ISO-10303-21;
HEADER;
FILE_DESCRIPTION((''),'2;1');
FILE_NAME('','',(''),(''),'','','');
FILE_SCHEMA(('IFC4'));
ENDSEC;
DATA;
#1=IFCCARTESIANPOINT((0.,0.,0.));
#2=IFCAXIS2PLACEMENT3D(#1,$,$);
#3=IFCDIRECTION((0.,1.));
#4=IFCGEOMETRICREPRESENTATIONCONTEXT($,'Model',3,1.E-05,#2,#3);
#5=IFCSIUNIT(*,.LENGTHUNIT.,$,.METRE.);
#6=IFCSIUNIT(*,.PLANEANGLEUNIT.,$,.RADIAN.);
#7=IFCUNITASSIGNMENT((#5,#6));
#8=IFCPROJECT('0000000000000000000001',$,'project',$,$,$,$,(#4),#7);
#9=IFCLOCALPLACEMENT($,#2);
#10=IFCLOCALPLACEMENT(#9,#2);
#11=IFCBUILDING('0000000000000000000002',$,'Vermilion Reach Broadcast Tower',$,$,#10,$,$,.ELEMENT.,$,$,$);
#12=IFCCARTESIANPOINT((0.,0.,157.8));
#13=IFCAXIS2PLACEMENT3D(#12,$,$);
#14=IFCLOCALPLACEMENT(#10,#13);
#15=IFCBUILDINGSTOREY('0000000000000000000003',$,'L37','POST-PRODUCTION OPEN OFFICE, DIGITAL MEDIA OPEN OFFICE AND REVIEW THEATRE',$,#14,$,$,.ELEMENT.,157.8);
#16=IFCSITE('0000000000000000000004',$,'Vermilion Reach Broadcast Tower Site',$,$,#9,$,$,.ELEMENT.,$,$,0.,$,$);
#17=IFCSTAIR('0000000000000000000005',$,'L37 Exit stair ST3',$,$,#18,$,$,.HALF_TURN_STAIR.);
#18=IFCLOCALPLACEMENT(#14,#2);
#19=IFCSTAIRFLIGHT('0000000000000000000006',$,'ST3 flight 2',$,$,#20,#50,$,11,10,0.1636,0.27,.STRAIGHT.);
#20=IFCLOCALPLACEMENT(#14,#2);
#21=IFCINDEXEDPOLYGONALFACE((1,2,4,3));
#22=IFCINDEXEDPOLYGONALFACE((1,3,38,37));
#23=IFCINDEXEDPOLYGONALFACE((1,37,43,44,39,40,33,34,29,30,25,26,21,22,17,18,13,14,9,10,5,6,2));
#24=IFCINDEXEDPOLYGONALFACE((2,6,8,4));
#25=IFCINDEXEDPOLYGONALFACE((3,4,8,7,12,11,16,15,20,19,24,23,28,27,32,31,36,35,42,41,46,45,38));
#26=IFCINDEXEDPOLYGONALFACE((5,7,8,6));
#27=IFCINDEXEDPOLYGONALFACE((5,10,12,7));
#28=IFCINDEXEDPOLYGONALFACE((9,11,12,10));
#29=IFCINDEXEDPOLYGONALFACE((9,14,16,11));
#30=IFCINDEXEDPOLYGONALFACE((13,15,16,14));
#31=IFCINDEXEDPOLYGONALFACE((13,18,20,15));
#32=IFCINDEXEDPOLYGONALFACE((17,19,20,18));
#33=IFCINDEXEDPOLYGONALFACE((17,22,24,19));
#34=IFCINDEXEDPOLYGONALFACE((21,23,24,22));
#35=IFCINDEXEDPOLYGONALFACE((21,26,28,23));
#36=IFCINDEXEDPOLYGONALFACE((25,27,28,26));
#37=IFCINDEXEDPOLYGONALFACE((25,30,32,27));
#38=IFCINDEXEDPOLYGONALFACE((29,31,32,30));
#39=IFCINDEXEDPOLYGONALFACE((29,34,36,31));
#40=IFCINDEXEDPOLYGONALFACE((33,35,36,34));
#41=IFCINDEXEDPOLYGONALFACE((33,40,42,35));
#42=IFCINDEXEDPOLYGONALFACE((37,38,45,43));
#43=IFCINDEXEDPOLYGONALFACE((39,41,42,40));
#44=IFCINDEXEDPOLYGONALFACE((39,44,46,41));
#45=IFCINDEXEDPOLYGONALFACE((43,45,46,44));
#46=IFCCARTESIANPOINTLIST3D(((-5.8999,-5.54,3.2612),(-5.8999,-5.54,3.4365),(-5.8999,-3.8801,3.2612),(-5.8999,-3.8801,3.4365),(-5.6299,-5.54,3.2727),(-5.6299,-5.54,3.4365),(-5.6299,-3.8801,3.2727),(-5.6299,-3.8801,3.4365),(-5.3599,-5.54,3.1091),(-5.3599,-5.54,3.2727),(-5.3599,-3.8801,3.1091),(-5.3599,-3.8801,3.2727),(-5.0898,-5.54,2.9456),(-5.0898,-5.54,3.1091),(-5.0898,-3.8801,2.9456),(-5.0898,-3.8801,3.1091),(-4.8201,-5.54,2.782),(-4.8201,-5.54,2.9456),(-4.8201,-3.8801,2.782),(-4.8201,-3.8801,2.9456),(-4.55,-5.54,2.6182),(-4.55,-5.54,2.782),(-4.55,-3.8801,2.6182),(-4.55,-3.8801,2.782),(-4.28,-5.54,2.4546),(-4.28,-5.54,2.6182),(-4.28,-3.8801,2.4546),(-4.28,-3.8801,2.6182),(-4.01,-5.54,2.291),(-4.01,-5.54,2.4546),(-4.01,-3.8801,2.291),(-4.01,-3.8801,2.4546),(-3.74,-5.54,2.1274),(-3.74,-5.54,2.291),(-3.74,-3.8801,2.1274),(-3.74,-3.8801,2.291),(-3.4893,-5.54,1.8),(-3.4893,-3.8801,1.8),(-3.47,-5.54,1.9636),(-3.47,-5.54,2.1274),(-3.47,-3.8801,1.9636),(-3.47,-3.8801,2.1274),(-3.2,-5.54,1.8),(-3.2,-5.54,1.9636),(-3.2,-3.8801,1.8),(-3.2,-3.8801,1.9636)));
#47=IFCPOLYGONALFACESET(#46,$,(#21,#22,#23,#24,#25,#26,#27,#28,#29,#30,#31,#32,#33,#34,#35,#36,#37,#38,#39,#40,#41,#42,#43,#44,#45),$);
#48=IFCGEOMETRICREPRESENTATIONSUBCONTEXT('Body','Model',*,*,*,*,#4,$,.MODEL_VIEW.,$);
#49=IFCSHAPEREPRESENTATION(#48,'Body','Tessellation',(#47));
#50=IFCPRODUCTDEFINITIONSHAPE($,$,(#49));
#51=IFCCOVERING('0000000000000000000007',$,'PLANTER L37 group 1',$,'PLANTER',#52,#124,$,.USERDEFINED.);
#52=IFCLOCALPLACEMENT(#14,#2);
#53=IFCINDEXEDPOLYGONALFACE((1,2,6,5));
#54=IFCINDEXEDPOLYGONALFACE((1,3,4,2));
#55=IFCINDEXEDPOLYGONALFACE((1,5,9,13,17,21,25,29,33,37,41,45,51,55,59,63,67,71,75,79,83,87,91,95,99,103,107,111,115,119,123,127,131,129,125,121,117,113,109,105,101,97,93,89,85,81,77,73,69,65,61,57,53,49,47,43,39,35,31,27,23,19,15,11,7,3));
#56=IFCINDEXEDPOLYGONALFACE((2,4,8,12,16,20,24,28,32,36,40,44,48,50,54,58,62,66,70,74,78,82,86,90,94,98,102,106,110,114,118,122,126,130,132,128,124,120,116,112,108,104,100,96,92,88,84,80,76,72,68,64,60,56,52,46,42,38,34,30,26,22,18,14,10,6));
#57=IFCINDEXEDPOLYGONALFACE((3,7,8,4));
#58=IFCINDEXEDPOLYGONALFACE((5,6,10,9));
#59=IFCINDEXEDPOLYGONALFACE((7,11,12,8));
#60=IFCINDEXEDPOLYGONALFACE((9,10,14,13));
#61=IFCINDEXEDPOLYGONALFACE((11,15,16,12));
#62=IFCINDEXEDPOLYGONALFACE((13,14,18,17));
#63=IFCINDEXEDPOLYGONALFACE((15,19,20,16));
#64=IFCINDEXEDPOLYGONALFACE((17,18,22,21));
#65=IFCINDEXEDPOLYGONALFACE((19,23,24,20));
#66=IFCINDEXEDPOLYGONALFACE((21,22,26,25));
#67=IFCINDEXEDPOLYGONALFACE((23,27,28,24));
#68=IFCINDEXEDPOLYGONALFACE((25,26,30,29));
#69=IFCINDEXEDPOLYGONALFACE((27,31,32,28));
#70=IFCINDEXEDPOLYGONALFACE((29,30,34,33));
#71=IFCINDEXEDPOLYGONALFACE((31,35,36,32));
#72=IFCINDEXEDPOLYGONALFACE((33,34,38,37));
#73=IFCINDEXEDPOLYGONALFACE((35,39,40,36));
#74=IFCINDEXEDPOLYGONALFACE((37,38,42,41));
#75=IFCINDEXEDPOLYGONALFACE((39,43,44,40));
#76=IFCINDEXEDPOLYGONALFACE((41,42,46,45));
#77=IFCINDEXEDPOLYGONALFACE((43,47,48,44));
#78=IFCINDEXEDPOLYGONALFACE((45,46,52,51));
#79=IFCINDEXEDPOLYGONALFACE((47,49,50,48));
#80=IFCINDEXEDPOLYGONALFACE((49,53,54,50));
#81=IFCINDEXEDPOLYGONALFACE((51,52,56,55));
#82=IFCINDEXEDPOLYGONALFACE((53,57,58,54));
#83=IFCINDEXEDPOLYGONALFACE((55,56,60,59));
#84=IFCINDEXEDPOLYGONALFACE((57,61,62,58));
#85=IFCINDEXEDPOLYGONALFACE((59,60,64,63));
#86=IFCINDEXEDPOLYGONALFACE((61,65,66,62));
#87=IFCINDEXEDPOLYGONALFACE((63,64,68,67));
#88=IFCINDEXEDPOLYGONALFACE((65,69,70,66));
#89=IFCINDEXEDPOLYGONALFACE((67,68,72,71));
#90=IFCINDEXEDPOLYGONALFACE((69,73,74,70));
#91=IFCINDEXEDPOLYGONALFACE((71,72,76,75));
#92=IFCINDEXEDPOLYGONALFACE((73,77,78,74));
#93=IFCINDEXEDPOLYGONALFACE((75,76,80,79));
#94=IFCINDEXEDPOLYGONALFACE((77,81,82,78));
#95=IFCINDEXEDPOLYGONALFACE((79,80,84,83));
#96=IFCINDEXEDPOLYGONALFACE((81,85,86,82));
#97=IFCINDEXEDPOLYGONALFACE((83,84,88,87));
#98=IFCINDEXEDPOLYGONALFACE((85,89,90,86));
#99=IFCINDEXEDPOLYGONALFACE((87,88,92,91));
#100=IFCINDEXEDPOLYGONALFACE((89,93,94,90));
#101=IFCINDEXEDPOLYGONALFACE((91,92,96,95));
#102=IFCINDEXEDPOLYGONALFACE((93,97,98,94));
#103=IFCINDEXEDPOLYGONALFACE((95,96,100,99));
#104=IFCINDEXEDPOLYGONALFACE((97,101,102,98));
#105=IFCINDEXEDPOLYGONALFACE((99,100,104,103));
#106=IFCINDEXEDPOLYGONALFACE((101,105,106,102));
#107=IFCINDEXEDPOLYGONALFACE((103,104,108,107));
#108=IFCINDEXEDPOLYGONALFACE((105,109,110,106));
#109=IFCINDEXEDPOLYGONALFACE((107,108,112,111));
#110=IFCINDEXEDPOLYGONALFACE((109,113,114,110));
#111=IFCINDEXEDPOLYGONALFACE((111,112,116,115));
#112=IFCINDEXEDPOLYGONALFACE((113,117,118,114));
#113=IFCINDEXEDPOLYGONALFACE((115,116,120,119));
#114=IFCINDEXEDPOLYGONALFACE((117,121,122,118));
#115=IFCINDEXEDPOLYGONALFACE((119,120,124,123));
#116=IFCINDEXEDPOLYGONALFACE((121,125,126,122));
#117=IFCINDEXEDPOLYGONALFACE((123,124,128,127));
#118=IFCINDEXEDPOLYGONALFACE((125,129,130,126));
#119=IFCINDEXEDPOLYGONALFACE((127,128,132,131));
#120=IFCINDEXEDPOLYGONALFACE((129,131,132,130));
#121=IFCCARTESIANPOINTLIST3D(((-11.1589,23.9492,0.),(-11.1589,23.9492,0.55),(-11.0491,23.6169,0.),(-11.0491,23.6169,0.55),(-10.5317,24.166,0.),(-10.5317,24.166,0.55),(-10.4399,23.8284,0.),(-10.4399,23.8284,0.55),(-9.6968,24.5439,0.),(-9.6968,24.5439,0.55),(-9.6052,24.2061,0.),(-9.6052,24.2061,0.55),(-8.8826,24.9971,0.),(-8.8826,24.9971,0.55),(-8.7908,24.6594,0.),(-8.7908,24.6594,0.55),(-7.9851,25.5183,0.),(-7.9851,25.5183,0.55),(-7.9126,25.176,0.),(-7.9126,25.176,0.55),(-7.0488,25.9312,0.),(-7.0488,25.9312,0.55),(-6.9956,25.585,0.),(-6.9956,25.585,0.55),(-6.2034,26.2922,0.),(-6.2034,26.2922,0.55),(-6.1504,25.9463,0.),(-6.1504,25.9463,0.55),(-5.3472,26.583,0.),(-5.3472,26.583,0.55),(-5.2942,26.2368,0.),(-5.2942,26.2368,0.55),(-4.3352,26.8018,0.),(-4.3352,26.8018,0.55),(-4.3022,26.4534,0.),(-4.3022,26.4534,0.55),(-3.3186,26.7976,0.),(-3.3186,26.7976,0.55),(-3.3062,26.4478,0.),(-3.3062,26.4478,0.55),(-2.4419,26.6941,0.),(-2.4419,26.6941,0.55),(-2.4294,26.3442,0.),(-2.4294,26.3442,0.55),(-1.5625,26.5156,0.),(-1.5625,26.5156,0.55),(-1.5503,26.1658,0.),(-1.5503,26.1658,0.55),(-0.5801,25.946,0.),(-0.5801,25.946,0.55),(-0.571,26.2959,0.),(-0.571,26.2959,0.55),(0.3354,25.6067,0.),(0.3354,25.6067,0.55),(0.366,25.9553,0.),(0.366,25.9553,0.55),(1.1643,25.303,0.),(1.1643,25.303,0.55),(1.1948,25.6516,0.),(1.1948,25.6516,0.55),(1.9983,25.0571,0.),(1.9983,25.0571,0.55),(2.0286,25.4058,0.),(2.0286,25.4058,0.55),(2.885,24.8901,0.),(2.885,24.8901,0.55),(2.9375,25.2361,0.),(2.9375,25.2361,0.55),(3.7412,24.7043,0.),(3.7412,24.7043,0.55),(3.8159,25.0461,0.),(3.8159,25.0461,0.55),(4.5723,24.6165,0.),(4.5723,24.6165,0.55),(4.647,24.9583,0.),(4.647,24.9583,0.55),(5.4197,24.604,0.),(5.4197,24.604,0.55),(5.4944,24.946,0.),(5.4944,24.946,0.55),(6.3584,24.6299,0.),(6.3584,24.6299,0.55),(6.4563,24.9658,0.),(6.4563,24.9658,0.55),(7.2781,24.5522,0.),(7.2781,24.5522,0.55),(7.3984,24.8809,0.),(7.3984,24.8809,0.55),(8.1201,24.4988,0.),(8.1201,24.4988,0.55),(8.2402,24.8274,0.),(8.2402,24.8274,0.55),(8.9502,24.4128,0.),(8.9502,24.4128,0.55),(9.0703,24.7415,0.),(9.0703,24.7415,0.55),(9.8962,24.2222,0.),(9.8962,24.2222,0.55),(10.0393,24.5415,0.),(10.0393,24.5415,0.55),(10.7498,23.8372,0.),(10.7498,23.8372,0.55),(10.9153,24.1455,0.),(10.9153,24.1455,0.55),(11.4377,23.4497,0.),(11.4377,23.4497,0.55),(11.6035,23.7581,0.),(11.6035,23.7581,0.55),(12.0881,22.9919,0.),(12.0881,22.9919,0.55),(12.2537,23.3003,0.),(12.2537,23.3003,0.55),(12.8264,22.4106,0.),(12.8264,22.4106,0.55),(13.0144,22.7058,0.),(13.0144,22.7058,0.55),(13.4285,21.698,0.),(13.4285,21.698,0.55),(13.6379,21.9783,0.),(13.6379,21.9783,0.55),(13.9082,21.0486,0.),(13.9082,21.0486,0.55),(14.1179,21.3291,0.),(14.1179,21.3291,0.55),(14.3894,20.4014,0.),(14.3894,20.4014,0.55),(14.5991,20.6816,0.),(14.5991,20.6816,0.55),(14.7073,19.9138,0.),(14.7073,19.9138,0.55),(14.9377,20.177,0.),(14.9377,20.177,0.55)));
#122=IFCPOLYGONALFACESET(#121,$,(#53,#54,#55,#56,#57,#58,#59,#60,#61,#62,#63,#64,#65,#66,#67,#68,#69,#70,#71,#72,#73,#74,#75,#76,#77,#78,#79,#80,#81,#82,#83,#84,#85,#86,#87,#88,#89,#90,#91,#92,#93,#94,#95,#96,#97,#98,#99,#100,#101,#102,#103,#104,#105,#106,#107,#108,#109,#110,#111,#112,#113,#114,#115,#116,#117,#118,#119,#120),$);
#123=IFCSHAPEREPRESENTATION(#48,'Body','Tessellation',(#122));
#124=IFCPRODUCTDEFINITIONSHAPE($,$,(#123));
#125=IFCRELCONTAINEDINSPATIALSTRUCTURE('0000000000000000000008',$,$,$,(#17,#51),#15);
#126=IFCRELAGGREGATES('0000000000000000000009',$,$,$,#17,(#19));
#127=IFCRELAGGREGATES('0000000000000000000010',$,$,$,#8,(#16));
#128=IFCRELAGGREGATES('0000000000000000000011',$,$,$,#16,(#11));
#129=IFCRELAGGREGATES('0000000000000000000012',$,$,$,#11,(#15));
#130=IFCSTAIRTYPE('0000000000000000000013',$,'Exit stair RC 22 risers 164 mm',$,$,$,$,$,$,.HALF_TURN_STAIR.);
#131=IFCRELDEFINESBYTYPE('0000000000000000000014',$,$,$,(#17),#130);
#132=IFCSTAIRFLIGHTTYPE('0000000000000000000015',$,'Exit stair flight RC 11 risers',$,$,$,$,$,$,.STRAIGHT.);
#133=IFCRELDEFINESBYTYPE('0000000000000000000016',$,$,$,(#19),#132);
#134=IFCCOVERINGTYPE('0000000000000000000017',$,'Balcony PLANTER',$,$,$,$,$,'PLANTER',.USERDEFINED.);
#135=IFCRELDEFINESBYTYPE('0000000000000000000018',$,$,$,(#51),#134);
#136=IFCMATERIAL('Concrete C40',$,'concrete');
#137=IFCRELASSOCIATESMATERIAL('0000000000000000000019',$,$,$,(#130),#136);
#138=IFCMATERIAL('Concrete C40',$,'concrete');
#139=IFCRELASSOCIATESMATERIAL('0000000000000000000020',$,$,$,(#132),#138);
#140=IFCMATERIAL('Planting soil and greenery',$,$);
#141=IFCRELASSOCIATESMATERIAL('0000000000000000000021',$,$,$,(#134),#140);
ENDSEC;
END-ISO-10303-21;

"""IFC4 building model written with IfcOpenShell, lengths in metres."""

from ifc_helpers import new_model, si_unit, direction, frame, origin, place, context, subcontext, project, spatial, polyline, outline, extrude, material, type_object, element, aggregate, save


model = new_model("IFC4")

# Units and contexts
model_context = context("Model", 3, precision=1e-05, world=origin(), true_north=direction((0.0, 1.0)))
body_context = subcontext(model_context, "Body", "Model", "MODEL_VIEW")
ifc_project = project(units=[si_unit("LENGTHUNIT", "METRE"), si_unit("PLANEANGLEUNIT", "RADIAN")], contexts=[model_context])

# Site, building, storey
site_placement = place(None, origin())
site = spatial("IfcSite", under=ifc_project, at=site_placement, Name="Vermilion Reach Broadcast Tower Site", CompositionType="ELEMENT", RefElevation=0.0)
building_placement = place(site_placement, origin())
building = spatial("IfcBuilding", under=site, at=building_placement, Name="Vermilion Reach Broadcast Tower", CompositionType="ELEMENT")
storey_placement = place(building_placement, frame((0.0, 0.0, 157.8)))
storey = spatial("IfcBuildingStorey", under=building, at=storey_placement, Name="L37", Description="POST-PRODUCTION OPEN OFFICE, DIGITAL MEDIA OPEN OFFICE AND REVIEW THEATRE", CompositionType="ELEMENT", Elevation=157.8)

# Stair, stair flight
ifc_material_1 = material(Name="Concrete C40", Category="concrete")
stair_type = type_object("IfcStairType", Name="Exit stair RC 22 risers 164 mm", PredefinedType="HALF_TURN_STAIR", material=ifc_material_1)
placement_1 = place(storey_placement, origin())
stair = element("IfcStair", 1, at=placement_1, inside=storey, type_object=stair_type, Name="L37 Exit stair ST3", PredefinedType="HALF_TURN_STAIR")
ifc_material_2 = material(Name="Concrete C40", Category="concrete")
stair_flight_type = type_object("IfcStairFlightType", Name="Exit stair flight RC 11 risers", PredefinedType="STRAIGHT", material=ifc_material_2)
stair_flight_placement = place(storey_placement, frame((-3.2, -4.71, 1.8), z_axis=(0.0, 0.0, 1.0), x_axis=(-1.0, 0.0, 0.0)))
stair_flight = element("IfcStairFlight", 2, at=stair_flight_placement, type_object=stair_flight_type, Name="ST3 flight 2", NumberOfRisers=11, NumberOfTreads=10, PredefinedType="STRAIGHT", RiserHeight=0.1636, TreadLength=0.27, context=body_context, shape_type="SweptSolid", body=[
    extrude(outline(polyline([(0.0, 0.0), (0.0, 0.1636), (0.27, 0.1636), (0.27, 0.3274), (0.54, 0.3274), (0.54, 0.491), (0.8101, 0.491), (0.8101, 0.6545), (1.0801, 0.6545), (1.0801, 0.8181), (1.3501, 0.8181), (1.3501, 0.9819), (1.6201, 0.9819), (1.6201, 1.1455), (1.8899, 1.1455), (1.8899, 1.3091), (2.1599, 1.3091), (2.1599, 1.4727), (2.4299, 1.4727), (2.4299, 1.6365), (2.7, 1.6365), (2.7, 1.8), (2.7, 1.4612), (0.2893, 0.0), (0.0, 0.0)])), frame((0.0, 0.8301, 0.0), z_axis=(0.0, -1.0, 0.0), x_axis=(1.0, 0.0, 0.0)), (0.0, 0.0, 1.0), 1.6599),
])
aggregate(stair, [stair_flight])

# Covering
ifc_material_3 = material(Name="Planting soil and greenery")
covering_type = type_object("IfcCoveringType", Name="Balcony PLANTER", ElementType="PLANTER", PredefinedType="USERDEFINED", material=ifc_material_3)
element("IfcCovering", 3, at=placement_1, inside=storey, type_object=covering_type, Name="PLANTER L37 group 1", ObjectType="PLANTER", PredefinedType="USERDEFINED", context=body_context, shape_type="SweptSolid", body=[
    extrude(outline(polyline([(14.9377, 20.177), (14.5991, 20.6816), (14.1179, 21.3291), (13.6379, 21.9783), (13.0144, 22.7058), (12.2537, 23.3003), (11.6035, 23.7581), (10.9153, 24.1455), (10.0393, 24.5415), (9.0703, 24.7415), (8.2402, 24.8274), (7.3984, 24.8809), (6.4563, 24.9658), (5.4944, 24.946), (4.647, 24.9583), (3.8159, 25.0461), (2.9375, 25.2361), (2.0286, 25.4058), (1.1948, 25.6516), (0.366, 25.9553), (-0.571, 26.2959), (-1.5625, 26.5156), (-2.4419, 26.6941), (-3.3186, 26.7976), (-4.3352, 26.8018), (-5.3472, 26.583), (-6.2034, 26.2922), (-7.0488, 25.9312), (-7.9851, 25.5183), (-8.8826, 24.9971), (-9.6968, 24.5439), (-10.5317, 24.166), (-11.1589, 23.9492), (-11.0491, 23.6169), (-10.4399, 23.8284), (-9.6052, 24.2061), (-8.7908, 24.6594), (-7.9126, 25.176), (-6.9956, 25.585), (-6.1504, 25.9463), (-5.2942, 26.2368), (-4.3022, 26.4534), (-3.3062, 26.4478), (-2.4294, 26.3442), (-1.5503, 26.1658), (-0.5801, 25.946), (0.3354, 25.6067), (1.1643, 25.303), (1.9983, 25.0571), (2.885, 24.8901), (3.7412, 24.7043), (4.5723, 24.6165), (5.4197, 24.604), (6.3584, 24.6299), (7.2781, 24.5522), (8.1201, 24.4988), (8.9502, 24.4128), (9.8962, 24.2222), (10.7498, 23.8372), (11.4377, 23.4497), (12.0881, 22.9919), (12.8264, 22.4106), (13.4285, 21.698), (13.9082, 21.0486), (14.3894, 20.4014), (14.7073, 19.9138), (14.9377, 20.177)])), origin(), (0.0, 0.0, 1.0), 0.55),
])

save(model, "model.ifc")
